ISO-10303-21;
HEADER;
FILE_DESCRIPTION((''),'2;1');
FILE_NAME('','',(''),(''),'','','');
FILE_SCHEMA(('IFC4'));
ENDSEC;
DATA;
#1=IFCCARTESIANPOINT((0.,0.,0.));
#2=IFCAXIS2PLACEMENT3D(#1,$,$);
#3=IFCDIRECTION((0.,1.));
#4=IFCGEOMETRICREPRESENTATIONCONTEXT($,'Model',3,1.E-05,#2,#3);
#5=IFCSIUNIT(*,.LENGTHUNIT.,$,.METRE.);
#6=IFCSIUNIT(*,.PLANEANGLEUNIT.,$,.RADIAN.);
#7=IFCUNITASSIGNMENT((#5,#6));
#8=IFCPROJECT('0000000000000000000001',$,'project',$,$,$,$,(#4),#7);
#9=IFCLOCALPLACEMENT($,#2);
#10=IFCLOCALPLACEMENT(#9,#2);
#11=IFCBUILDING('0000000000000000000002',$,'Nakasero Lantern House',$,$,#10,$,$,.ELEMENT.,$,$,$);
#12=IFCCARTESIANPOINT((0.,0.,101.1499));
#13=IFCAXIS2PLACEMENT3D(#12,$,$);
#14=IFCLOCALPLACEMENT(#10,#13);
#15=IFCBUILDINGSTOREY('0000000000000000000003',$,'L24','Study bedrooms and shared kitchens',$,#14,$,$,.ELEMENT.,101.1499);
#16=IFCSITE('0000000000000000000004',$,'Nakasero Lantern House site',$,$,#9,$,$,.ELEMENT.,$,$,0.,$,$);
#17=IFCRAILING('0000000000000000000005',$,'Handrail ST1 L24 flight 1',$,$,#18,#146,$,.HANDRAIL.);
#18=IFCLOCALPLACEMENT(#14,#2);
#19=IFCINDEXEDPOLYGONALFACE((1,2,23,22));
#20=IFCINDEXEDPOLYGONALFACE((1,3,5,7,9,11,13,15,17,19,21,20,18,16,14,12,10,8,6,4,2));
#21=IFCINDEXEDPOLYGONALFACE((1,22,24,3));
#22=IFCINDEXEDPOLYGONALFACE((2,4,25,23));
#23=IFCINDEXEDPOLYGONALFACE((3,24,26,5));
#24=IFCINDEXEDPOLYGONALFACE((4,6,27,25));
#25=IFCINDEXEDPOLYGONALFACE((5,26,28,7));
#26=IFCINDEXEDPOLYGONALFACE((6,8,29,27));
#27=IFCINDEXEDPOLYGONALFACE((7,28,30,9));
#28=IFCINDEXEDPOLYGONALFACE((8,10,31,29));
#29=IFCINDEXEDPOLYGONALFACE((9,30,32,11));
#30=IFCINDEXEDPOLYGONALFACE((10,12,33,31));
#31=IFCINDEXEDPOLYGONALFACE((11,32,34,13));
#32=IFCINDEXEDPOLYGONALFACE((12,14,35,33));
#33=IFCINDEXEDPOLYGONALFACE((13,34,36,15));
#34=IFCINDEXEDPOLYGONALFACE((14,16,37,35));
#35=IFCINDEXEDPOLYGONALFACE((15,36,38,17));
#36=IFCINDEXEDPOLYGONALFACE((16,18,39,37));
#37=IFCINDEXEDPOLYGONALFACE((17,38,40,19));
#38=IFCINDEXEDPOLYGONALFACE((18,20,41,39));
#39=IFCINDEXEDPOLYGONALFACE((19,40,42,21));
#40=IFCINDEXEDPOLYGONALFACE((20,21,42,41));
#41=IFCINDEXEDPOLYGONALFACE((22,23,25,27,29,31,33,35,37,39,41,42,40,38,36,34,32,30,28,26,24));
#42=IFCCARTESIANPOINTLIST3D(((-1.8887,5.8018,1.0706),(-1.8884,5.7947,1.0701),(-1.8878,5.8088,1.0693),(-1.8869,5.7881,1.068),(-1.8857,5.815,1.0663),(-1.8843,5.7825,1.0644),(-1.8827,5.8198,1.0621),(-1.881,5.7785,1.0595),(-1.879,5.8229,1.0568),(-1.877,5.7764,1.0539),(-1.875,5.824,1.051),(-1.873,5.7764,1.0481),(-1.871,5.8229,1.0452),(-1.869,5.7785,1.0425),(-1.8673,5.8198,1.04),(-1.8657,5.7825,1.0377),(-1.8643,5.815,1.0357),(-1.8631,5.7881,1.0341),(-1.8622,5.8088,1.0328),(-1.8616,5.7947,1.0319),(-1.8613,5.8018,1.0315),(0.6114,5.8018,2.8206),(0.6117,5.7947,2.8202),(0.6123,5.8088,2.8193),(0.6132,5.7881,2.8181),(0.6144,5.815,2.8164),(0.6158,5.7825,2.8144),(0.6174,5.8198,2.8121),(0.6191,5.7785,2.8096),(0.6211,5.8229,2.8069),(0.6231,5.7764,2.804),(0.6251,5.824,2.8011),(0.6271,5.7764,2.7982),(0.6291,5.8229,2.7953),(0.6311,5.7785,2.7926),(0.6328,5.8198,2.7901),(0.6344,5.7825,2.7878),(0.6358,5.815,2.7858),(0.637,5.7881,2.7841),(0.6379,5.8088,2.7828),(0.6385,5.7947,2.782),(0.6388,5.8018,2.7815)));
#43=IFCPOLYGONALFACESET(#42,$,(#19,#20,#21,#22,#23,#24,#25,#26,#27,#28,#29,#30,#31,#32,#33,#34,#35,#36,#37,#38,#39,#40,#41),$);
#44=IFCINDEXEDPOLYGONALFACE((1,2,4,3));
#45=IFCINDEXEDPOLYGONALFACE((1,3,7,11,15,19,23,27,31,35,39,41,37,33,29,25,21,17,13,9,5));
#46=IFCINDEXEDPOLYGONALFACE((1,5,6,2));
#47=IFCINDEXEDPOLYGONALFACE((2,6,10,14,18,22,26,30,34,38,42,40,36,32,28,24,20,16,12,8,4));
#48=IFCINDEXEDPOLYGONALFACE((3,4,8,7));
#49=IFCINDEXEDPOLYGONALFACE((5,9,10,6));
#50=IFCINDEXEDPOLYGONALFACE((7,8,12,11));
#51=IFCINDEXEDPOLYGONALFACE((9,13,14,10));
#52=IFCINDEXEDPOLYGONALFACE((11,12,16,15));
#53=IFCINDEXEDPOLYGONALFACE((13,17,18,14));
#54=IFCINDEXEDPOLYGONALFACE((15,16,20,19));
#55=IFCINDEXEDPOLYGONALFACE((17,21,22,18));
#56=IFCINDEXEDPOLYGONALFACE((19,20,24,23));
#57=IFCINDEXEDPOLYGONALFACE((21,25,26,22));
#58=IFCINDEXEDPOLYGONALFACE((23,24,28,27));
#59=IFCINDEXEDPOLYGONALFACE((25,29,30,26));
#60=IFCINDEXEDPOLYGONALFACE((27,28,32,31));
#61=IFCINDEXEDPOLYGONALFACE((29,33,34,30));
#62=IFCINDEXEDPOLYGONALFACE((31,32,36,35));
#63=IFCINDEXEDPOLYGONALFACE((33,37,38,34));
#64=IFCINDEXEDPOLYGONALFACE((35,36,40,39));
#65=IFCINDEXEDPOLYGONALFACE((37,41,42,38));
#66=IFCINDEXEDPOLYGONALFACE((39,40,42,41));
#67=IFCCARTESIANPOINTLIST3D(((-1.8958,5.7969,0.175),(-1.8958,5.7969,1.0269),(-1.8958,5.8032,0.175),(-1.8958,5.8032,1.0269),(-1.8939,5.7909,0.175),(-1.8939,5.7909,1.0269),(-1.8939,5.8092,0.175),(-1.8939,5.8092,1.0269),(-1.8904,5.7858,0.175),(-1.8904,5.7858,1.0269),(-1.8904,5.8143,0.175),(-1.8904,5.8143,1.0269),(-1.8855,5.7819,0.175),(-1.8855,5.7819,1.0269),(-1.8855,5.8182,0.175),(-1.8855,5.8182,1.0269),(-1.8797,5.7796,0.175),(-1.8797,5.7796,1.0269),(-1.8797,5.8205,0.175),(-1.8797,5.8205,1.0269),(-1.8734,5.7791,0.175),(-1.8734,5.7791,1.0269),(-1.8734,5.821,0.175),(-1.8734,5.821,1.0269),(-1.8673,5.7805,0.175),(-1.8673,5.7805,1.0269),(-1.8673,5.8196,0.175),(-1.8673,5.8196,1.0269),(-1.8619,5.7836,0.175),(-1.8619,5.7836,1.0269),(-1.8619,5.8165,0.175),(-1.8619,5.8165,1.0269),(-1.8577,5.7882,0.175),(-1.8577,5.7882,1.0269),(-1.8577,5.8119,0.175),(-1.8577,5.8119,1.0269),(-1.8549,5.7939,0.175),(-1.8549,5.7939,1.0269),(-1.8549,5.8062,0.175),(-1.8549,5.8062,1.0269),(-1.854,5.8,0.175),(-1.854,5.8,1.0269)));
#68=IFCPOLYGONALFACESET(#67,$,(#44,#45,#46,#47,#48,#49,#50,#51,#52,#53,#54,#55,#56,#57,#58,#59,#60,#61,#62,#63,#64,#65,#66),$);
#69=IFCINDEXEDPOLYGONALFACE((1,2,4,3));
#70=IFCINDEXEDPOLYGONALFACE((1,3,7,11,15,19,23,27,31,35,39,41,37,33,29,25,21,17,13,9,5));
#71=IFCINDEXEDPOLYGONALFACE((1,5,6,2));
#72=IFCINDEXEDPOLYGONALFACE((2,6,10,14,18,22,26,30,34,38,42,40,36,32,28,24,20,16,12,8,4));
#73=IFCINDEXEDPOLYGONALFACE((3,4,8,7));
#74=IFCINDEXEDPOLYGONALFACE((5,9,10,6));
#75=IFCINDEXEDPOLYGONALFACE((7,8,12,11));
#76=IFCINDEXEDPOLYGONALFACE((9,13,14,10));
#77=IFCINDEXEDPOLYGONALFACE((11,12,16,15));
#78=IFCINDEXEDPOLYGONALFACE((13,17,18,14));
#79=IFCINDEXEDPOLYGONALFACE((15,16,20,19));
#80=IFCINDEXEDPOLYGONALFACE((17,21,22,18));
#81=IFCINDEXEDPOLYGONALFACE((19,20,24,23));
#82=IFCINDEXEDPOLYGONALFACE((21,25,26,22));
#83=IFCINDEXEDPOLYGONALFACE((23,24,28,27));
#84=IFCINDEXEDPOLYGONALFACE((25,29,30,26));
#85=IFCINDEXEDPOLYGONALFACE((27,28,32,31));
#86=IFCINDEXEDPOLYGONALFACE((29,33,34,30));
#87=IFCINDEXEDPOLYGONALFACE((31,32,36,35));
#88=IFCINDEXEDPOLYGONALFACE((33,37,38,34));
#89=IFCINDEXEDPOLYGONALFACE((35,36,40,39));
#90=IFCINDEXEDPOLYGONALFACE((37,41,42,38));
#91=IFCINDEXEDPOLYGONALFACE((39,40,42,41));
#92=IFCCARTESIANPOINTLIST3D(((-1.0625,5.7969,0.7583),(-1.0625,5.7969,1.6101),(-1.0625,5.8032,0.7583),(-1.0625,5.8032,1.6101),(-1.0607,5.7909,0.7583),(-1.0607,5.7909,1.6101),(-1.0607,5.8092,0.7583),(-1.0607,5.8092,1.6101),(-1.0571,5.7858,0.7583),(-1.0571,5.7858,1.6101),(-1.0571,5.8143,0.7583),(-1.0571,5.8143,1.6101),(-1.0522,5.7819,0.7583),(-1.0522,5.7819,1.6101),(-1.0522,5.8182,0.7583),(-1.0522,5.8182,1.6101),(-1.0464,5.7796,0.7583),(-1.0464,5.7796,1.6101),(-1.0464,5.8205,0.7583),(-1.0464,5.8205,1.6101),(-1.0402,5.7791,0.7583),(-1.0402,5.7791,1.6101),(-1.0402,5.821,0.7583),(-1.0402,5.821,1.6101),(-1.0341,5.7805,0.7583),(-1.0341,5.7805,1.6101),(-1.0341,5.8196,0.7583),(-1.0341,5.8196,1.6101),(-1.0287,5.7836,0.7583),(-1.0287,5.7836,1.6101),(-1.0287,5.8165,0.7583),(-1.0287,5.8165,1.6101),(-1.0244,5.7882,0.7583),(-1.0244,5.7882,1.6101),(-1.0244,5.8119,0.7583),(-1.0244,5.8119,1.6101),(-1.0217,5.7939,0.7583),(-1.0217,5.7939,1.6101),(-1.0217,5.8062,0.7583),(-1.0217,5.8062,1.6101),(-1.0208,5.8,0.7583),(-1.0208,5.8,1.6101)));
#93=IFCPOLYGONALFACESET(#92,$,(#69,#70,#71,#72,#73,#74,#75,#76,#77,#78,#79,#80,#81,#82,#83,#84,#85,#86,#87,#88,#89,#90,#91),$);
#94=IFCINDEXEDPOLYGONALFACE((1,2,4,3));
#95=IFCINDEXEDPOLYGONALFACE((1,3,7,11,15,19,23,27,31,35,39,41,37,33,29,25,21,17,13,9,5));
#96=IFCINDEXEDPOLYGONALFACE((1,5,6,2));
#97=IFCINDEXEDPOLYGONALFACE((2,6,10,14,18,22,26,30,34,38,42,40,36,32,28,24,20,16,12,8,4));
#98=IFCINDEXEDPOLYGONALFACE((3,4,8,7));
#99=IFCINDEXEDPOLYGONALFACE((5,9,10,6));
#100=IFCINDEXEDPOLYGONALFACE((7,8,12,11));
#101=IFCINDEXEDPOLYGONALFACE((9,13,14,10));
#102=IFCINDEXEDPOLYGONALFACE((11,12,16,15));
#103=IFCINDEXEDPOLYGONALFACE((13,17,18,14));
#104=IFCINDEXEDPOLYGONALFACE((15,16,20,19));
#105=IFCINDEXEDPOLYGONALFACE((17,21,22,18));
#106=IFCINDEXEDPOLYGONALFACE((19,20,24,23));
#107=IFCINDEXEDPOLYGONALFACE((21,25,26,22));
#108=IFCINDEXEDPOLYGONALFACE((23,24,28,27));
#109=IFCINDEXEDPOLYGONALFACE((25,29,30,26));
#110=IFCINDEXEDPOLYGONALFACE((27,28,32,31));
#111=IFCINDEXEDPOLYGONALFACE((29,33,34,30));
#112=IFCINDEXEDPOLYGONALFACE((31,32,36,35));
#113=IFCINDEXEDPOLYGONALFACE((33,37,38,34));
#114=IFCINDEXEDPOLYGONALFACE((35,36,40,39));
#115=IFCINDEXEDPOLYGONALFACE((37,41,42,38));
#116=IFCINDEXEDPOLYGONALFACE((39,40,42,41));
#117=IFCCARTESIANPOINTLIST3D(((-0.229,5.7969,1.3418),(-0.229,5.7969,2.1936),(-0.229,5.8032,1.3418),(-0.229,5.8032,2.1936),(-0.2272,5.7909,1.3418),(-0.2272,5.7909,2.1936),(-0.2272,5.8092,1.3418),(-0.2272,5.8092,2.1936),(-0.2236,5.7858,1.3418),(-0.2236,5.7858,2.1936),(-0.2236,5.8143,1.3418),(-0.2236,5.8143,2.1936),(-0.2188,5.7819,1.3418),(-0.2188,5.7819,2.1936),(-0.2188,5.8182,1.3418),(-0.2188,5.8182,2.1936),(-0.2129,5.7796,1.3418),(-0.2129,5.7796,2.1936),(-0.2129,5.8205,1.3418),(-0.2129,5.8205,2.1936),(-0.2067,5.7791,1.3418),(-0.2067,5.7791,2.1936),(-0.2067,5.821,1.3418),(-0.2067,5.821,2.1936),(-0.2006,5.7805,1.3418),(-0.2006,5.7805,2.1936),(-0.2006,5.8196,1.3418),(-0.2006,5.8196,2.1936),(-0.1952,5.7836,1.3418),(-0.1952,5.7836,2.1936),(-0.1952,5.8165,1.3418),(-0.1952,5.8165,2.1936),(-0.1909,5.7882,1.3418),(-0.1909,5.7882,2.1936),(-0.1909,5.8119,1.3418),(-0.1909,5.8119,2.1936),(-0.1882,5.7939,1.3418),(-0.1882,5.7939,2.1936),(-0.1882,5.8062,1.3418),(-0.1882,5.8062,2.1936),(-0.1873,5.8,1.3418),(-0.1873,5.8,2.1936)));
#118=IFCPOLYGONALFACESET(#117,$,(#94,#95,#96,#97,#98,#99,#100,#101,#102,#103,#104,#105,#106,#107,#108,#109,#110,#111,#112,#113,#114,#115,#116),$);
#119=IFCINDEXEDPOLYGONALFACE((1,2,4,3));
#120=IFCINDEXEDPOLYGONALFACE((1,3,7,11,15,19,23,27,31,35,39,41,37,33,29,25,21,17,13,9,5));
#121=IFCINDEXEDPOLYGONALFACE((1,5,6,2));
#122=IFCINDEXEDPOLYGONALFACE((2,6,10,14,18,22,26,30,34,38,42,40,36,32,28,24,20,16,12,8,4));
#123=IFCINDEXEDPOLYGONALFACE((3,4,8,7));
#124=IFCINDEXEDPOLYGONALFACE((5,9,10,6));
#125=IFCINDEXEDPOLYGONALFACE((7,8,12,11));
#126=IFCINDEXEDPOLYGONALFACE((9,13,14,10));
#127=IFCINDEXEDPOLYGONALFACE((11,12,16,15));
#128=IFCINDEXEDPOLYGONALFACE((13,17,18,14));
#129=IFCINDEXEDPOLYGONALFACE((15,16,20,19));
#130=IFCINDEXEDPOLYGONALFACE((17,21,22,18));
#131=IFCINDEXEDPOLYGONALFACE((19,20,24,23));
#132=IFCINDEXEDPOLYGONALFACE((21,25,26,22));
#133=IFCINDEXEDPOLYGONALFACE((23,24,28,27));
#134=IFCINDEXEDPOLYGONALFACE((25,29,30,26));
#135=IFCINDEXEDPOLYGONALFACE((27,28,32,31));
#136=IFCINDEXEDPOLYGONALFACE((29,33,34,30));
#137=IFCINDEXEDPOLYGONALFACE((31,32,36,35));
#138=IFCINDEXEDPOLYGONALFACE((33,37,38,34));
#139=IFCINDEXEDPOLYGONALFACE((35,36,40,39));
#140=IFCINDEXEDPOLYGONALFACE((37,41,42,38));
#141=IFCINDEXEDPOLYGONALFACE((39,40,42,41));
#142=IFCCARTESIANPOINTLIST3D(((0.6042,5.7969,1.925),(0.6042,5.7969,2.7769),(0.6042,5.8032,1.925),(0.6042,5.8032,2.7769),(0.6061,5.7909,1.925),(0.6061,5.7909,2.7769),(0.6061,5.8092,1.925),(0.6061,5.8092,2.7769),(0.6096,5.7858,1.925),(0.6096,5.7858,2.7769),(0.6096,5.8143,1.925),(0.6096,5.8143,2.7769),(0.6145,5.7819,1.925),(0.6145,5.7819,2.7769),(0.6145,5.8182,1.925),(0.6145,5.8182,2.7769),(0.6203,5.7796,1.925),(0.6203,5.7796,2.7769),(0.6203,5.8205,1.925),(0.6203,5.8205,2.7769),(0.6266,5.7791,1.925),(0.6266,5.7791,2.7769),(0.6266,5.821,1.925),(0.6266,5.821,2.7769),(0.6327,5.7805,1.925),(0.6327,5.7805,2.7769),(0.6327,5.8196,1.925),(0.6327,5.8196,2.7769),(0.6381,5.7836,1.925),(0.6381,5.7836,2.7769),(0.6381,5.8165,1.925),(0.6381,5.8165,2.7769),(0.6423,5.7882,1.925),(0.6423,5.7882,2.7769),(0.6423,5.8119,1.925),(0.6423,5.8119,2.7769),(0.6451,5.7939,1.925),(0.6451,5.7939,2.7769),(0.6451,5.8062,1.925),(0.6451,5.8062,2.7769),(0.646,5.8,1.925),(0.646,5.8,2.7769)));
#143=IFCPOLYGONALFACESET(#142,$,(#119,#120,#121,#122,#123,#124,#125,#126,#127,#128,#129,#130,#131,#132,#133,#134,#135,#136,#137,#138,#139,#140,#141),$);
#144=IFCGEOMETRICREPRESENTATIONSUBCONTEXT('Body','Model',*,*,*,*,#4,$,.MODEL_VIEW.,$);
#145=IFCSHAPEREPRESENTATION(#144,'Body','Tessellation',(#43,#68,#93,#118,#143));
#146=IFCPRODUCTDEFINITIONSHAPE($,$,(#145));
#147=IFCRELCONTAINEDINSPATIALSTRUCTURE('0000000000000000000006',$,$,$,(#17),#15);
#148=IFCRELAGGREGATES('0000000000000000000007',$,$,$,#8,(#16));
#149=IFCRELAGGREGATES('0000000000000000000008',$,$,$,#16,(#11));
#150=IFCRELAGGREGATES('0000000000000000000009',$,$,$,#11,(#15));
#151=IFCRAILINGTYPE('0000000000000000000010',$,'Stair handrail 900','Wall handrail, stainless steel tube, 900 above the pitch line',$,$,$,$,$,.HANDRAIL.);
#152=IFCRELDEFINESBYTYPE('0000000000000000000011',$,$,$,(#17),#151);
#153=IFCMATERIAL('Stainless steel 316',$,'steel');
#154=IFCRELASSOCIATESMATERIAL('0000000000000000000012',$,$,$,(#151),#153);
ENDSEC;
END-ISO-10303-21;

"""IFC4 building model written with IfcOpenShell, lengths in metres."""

from ifc_helpers import new_model, si_unit, direction, frame, origin, origin_2d, place, context, subcontext, project, spatial, circle, extrude, material, type_object, element, save


model = new_model("IFC4")

# Units and contexts
model_context = context("Model", 3, precision=1e-05, world=origin(), true_north=direction((0.0, 1.0)))
body_context = subcontext(model_context, "Body", "Model", "MODEL_VIEW")
ifc_project = project(units=[si_unit("LENGTHUNIT", "METRE"), si_unit("PLANEANGLEUNIT", "RADIAN")], contexts=[model_context])

# Site, building, storey
site_placement = place(None, origin())
site = spatial("IfcSite", under=ifc_project, at=site_placement, Name="Nakasero Lantern House site", CompositionType="ELEMENT", RefElevation=0.0)
building_placement = place(site_placement, origin())
building = spatial("IfcBuilding", under=site, at=building_placement, Name="Nakasero Lantern House", CompositionType="ELEMENT")
storey_placement = place(building_placement, frame((0.0, 0.0, 101.1499)))
storey = spatial("IfcBuildingStorey", under=building, at=storey_placement, Name="L24", Description="Study bedrooms and shared kitchens", CompositionType="ELEMENT", Elevation=101.1499)

# Railing
ifc_material_1 = material(Name="Stainless steel 316", Category="steel")
railing_type = type_object("IfcRailingType", Name="Stair handrail 900", Description="Wall handrail, stainless steel tube, 900 above the pitch line", PredefinedType="HANDRAIL", material=ifc_material_1)
railing_placement = place(storey_placement, frame((-1.875, 5.8, 0.175)))
element("IfcRailing", 1, at=railing_placement, inside=storey, type_object=railing_type, Name="Handrail ST1 L24 flight 1", PredefinedType="HANDRAIL", context=body_context, shape_type="SweptSolid", body=[
    extrude(circle(Radius=0.0239, at=origin_2d()), frame((0.0, 0.0, 0.876), z_axis=(0.819232, 0.0, 0.573462), x_axis=(0.0, 1.0, 0.0)), (0.0, 0.0, 1.0), 3.0518),
    extrude(circle(Radius=0.021, at=origin_2d()), origin(), (0.0, 0.0, 1.0), 0.8518),
    extrude(circle(Radius=0.021, at=origin_2d()), frame((0.8333, 0.0, 0.5833)), (0.0, 0.0, 1.0), 0.8518),
    extrude(circle(Radius=0.021, at=origin_2d()), frame((1.6667, 0.0, 1.1667)), (0.0, 0.0, 1.0), 0.8518),
    extrude(circle(Radius=0.021, at=origin_2d()), frame((2.5, 0.0, 1.75)), (0.0, 0.0, 1.0), 0.8518),
])

save(model, "model.ifc")
